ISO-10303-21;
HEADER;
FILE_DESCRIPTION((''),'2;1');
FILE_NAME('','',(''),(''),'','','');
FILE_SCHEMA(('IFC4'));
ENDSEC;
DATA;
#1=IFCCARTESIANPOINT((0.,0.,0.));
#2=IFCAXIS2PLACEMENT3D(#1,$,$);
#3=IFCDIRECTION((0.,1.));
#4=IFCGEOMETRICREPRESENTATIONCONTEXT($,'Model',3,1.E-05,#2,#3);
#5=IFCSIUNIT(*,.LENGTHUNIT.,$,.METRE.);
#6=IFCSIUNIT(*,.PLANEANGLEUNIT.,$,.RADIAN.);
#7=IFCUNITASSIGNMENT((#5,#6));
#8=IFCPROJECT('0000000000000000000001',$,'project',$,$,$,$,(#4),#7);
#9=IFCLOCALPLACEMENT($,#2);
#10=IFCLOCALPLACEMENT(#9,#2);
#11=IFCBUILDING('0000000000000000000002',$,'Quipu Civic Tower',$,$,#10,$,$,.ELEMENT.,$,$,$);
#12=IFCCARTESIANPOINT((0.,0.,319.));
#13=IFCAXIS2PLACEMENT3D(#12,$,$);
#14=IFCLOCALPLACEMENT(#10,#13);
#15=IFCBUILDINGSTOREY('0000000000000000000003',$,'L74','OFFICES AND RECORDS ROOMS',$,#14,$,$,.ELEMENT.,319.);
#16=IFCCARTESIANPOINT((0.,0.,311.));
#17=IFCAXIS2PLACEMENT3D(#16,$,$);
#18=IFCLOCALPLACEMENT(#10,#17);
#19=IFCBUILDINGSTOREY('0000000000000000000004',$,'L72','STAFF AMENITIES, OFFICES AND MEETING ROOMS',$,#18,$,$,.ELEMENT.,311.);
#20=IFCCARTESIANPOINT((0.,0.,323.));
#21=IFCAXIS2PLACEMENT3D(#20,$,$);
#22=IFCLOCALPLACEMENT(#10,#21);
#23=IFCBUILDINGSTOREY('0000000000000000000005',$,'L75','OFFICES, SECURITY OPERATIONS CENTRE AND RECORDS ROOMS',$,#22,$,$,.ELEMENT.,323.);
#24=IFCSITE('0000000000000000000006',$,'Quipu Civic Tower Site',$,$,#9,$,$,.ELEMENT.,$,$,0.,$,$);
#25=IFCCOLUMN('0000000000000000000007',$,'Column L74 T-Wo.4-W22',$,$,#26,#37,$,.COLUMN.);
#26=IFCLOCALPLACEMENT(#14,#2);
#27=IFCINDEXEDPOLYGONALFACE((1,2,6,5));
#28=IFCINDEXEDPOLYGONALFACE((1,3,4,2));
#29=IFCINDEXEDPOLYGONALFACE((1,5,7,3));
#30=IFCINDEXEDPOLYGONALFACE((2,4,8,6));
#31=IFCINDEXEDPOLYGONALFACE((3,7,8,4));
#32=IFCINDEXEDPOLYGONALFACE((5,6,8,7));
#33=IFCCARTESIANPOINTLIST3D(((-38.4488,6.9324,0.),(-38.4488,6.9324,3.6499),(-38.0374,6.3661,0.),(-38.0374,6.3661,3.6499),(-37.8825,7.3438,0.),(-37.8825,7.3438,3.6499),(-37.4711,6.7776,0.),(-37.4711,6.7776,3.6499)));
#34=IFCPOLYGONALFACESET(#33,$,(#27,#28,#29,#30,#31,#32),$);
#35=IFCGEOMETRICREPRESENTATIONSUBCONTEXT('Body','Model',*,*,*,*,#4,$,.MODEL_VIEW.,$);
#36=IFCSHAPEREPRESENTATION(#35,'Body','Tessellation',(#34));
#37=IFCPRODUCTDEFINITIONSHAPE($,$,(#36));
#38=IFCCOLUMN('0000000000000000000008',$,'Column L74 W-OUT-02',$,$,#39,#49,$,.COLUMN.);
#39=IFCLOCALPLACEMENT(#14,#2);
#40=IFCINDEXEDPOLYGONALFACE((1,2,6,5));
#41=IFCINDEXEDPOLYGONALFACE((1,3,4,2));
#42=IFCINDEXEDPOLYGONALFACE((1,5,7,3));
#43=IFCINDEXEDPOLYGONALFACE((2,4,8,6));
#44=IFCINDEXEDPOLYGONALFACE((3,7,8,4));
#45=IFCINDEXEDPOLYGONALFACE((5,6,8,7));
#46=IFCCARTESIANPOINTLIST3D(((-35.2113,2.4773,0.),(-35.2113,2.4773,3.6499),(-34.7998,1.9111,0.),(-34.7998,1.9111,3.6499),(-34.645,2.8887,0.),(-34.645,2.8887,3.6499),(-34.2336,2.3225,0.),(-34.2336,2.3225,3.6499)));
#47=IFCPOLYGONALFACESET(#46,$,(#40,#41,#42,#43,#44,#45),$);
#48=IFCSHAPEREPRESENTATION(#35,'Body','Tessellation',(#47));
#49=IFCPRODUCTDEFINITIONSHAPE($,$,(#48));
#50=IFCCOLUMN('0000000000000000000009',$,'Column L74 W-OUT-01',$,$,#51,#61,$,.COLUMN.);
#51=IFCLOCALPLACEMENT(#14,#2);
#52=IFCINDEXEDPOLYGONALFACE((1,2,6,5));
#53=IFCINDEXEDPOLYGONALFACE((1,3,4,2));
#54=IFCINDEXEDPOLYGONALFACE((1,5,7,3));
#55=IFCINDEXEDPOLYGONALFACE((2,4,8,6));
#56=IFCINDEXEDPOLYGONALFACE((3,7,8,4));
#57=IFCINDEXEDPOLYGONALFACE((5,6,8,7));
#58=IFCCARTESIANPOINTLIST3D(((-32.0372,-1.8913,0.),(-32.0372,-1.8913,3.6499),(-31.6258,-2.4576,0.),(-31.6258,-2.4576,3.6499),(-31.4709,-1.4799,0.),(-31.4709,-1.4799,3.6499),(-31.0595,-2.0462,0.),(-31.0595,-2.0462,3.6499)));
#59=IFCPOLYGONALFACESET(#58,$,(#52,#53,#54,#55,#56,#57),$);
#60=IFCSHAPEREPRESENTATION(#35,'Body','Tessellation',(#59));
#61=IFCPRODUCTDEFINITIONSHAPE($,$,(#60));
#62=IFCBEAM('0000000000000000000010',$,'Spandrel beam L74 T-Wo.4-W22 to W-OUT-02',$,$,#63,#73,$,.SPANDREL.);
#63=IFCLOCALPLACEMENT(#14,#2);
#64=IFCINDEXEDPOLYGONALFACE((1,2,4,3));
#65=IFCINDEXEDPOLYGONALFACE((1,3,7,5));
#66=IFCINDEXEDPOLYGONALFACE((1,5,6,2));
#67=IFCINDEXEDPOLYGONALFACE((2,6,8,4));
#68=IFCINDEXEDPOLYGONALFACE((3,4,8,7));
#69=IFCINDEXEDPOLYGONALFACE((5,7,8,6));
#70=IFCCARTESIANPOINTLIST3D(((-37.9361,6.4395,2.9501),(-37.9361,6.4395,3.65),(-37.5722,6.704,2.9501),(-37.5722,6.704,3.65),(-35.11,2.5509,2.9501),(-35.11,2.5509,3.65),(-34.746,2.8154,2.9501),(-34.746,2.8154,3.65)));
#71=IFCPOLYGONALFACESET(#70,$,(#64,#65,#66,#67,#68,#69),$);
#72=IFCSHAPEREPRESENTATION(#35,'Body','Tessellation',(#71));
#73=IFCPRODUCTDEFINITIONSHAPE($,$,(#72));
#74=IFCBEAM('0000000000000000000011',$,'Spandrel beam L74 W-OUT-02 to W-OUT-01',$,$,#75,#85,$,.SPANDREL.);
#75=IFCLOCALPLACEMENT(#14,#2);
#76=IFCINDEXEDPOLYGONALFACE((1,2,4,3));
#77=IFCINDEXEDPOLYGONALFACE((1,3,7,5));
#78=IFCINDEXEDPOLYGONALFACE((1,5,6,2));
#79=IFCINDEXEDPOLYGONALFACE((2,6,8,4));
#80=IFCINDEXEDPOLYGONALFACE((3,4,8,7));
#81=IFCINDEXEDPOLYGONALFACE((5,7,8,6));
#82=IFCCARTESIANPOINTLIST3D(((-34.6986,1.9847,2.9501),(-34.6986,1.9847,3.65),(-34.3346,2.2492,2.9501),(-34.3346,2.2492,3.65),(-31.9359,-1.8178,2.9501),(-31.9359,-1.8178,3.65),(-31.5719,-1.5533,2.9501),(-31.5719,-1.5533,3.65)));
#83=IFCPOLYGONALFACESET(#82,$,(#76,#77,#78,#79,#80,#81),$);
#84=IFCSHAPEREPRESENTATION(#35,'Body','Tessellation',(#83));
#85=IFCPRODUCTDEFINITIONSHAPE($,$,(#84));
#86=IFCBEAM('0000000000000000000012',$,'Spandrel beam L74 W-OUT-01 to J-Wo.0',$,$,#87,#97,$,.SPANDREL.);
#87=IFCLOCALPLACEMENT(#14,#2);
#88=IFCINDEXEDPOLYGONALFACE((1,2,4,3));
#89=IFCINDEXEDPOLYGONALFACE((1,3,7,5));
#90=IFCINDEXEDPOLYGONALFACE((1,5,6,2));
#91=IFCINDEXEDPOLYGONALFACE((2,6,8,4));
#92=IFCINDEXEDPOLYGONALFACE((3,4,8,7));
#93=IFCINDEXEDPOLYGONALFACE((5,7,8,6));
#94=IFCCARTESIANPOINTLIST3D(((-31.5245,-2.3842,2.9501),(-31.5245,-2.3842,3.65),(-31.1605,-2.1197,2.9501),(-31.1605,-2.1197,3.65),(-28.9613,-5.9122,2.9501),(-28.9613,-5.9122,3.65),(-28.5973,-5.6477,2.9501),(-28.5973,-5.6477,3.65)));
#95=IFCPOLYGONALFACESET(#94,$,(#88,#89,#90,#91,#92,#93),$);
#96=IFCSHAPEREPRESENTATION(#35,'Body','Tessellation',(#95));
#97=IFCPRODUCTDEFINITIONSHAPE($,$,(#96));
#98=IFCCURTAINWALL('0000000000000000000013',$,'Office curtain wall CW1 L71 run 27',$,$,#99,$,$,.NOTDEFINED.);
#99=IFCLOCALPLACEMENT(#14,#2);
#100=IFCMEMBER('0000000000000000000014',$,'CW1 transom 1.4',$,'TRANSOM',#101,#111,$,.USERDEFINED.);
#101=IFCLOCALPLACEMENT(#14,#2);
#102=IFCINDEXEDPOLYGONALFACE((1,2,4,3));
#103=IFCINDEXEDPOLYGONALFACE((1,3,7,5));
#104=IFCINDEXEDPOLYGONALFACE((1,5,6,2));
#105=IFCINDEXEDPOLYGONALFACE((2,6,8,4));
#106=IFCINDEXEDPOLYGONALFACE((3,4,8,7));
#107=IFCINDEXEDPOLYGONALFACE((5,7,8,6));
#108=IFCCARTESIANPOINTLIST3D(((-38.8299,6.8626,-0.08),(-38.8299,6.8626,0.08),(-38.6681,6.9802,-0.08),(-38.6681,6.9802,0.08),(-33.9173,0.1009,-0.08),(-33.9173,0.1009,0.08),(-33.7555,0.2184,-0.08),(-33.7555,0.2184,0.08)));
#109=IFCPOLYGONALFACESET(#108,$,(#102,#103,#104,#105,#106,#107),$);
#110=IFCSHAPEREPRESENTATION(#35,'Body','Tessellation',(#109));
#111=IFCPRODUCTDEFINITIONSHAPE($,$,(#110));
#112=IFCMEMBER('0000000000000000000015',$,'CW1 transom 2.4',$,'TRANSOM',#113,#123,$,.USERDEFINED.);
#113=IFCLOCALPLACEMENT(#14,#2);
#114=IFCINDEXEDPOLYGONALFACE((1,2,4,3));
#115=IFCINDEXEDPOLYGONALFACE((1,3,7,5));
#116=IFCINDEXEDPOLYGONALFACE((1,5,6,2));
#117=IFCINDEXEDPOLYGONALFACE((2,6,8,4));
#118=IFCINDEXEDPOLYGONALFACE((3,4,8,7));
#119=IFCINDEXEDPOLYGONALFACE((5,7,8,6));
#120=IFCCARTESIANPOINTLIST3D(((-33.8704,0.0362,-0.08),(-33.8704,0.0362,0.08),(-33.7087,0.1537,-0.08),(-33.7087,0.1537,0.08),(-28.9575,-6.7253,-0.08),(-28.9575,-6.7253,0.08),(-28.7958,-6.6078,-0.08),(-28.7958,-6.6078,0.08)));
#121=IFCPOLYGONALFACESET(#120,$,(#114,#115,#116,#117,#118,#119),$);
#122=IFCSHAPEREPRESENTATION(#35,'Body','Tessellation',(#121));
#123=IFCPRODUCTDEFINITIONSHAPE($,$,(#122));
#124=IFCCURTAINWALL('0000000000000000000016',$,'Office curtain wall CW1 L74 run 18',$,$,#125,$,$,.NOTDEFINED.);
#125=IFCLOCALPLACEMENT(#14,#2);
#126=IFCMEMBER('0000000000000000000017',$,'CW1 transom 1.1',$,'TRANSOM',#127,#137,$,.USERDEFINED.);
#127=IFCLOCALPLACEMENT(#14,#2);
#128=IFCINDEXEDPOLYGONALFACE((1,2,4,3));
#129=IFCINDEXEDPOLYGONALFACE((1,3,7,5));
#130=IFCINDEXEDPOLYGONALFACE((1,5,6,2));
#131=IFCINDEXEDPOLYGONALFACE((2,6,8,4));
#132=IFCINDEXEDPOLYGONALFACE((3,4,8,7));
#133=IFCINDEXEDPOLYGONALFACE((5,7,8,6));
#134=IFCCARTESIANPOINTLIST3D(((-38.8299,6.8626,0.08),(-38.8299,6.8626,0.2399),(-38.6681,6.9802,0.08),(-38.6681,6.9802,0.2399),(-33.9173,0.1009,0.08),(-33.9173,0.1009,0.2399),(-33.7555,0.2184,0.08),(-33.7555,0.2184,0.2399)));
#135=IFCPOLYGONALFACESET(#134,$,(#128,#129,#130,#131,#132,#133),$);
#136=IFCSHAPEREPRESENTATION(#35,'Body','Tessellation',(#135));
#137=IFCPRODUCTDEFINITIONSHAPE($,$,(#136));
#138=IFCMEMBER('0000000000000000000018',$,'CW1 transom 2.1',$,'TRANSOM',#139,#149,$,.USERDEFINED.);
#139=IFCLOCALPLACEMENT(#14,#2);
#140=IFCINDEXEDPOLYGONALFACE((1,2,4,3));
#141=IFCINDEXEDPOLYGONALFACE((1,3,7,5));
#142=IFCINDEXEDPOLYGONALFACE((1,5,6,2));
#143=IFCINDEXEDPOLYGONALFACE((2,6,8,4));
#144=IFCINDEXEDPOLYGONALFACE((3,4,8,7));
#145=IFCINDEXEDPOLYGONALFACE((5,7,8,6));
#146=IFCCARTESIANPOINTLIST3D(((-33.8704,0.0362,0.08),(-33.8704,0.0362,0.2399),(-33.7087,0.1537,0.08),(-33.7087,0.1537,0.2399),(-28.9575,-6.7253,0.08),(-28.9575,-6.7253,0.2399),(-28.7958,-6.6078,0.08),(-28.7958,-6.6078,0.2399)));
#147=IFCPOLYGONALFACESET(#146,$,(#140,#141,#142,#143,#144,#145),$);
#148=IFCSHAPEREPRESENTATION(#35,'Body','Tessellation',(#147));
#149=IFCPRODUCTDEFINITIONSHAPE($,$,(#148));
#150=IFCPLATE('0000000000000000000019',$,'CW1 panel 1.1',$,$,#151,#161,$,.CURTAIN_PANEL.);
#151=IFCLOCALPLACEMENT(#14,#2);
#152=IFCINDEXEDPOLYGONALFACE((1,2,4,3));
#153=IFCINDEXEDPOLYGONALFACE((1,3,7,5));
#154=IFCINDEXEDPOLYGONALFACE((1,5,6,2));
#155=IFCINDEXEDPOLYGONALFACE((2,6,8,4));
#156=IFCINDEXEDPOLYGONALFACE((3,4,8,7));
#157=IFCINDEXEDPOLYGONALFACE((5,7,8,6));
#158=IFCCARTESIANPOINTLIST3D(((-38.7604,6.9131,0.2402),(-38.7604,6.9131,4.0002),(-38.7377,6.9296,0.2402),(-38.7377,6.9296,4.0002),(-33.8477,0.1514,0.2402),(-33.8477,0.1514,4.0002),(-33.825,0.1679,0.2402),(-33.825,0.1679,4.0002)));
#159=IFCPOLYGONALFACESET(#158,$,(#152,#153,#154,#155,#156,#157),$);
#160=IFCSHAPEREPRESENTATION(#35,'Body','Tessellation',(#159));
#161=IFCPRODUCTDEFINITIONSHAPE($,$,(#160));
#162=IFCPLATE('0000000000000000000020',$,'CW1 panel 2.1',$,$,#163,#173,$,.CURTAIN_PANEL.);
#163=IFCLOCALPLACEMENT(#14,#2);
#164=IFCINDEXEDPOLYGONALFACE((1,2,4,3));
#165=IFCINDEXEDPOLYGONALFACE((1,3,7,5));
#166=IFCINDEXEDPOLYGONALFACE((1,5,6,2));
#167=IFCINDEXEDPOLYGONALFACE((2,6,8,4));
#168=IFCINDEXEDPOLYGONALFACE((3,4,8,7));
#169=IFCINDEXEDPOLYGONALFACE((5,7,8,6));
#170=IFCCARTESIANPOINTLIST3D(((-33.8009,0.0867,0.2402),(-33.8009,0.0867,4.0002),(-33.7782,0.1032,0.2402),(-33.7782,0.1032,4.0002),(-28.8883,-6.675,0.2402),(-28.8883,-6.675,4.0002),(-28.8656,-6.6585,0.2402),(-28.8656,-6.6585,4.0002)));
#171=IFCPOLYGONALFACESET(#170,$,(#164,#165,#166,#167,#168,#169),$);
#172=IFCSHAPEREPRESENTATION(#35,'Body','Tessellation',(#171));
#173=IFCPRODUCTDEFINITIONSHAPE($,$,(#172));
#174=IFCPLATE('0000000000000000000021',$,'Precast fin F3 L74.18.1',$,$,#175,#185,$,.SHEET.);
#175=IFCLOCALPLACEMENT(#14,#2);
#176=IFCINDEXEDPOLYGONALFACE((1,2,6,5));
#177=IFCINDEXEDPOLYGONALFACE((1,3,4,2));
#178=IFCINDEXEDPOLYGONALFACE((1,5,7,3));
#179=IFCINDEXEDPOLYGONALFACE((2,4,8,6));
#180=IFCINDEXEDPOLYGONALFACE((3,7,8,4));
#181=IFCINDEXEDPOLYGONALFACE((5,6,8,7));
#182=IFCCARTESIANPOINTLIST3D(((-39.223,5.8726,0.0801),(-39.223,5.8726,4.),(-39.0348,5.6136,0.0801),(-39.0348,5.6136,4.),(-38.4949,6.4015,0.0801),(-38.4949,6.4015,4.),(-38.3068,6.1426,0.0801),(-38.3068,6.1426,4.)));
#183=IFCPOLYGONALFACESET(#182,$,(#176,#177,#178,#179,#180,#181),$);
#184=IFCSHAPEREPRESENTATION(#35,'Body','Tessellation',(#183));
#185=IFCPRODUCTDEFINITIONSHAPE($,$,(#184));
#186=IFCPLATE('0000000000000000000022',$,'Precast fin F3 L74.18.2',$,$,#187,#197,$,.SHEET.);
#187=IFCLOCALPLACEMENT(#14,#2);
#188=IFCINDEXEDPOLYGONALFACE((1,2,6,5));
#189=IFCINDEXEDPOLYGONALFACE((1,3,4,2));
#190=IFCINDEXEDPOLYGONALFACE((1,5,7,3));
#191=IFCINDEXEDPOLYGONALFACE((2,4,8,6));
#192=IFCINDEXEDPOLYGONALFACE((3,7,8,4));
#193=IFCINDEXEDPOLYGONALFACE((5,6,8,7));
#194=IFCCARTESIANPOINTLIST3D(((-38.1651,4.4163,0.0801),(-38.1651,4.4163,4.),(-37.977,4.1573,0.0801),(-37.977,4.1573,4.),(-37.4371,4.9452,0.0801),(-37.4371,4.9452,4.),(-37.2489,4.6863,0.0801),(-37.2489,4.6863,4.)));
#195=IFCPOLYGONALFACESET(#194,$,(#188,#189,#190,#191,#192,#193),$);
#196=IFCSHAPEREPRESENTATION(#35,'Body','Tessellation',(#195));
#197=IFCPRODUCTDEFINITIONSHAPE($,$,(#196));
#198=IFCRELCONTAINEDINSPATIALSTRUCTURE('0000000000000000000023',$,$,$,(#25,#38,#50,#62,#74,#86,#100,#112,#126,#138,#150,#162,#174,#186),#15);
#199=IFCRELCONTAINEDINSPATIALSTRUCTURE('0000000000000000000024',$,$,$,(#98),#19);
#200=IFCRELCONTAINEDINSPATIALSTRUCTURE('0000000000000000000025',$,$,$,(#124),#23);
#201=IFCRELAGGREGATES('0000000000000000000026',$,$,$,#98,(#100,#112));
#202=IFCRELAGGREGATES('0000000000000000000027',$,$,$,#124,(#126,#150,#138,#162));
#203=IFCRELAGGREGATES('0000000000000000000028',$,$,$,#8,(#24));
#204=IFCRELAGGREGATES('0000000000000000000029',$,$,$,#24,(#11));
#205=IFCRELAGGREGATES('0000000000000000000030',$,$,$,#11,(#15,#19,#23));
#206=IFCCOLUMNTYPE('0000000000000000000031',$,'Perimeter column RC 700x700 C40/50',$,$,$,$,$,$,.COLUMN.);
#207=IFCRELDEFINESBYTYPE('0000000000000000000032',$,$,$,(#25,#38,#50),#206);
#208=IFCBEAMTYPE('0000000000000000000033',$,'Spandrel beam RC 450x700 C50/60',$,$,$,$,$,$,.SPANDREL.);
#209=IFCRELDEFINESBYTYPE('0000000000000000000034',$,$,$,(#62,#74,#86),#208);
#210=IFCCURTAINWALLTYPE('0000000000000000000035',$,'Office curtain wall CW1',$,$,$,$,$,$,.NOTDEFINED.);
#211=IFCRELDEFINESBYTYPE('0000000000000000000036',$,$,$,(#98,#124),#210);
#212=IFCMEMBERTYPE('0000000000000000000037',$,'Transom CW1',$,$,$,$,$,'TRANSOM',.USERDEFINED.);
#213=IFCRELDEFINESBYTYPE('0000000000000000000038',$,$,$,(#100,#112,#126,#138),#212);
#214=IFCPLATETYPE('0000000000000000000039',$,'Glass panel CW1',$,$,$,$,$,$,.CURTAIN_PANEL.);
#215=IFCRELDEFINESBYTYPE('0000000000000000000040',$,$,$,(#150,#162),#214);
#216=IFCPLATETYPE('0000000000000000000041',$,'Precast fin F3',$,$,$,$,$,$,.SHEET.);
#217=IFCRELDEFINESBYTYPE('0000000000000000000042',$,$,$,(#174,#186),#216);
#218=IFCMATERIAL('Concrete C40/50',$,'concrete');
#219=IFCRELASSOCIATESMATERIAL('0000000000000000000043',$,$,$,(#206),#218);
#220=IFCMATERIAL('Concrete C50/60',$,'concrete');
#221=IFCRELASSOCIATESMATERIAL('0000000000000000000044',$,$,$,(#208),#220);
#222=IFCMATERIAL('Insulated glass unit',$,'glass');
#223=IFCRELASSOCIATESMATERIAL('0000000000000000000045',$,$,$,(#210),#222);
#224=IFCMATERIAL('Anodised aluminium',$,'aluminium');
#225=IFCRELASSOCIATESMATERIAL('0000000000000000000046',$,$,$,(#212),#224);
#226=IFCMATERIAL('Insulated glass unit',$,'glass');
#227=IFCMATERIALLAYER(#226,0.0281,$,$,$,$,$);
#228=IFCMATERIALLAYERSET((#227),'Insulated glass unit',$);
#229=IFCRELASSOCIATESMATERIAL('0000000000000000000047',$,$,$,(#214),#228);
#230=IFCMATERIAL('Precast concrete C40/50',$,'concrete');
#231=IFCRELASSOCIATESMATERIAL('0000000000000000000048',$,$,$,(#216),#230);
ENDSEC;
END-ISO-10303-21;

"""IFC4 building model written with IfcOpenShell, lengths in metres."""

from ifc_helpers import new_model, si_unit, direction, frame, origin, origin_2d, place, context, subcontext, project, spatial, rectangle, extrude, material, layer, layer_set, material_profile, profile_set, type_object, element, aggregate, save


model = new_model("IFC4")

# Units and contexts
model_context = context("Model", 3, precision=1e-05, world=origin(), true_north=direction((0.0, 1.0)))
body_context = subcontext(model_context, "Body", "Model", "MODEL_VIEW")
ifc_project = project(units=[si_unit("LENGTHUNIT", "METRE"), si_unit("PLANEANGLEUNIT", "RADIAN")], contexts=[model_context])

# Site, building, storey
site_placement = place(None, origin())
site = spatial("IfcSite", under=ifc_project, at=site_placement, Name="Quipu Civic Tower Site", CompositionType="ELEMENT", RefElevation=0.0)
building_placement = place(site_placement, origin())
building = spatial("IfcBuilding", under=site, at=building_placement, Name="Quipu Civic Tower", CompositionType="ELEMENT")
storey_1_placement = place(building_placement, frame((0.0, 0.0, 319.0)))
storey_1 = spatial("IfcBuildingStorey", under=building, at=storey_1_placement, Name="L74", Description="OFFICES AND RECORDS ROOMS", CompositionType="ELEMENT", Elevation=319.0)

# Columns
ifc_material_1 = material(Name="Concrete C40/50", Category="concrete")
ifc_material_profile_1 = material_profile(ifc_material_1, rectangle(XDim=0.7, YDim=0.7, at=origin_2d()), Name="RC700x700")
ifc_profile_set_1 = profile_set([ifc_material_profile_1], Name="Concrete C40/50")
column_type = type_object("IfcColumnType", Name="Perimeter column RC 700x700 C40/50", PredefinedType="COLUMN", material=ifc_profile_set_1)
for number, where, z_axis, x_axis, name in (
    (1, (-37.96, 6.855, 0.0), (0.0, 0.0, 1.0), (0.587785, -0.809017, 0.0), "Column L74 T-Wo.4-W22"),
    (2, (-34.7224, 2.3999, 0.0), (0.0, 0.0, 1.0), (0.587785, -0.809017, 0.0), "Column L74 W-OUT-02"),
    (3, (-31.5483, -1.9688, 0.0), (0.0, 0.0, 1.0), (0.587785, -0.809017, 0.0), "Column L74 W-OUT-01"),
):
    element("IfcColumn", number, at=place(storey_1_placement, frame(where, z_axis=z_axis, x_axis=x_axis)), inside=storey_1, type_object=column_type, Name=name, PredefinedType="COLUMN", context=body_context, shape_type="SweptSolid", body=[
        extrude(rectangle(XDim=0.7, YDim=0.7, at=origin_2d()), origin(), (0.0, 0.0, 1.0), 3.6499),
    ])

# Beams
ifc_material_2 = material(Name="Concrete C50/60", Category="concrete")
ifc_material_profile_2 = material_profile(ifc_material_2, rectangle(XDim=0.45, YDim=0.7, at=origin_2d()), Name="RC450x700")
ifc_profile_set_2 = profile_set([ifc_material_profile_2], Name="Concrete C50/60")
beam_type = type_object("IfcBeamType", Name="Spandrel beam RC 450x700 C50/60", PredefinedType="SPANDREL", material=ifc_profile_set_2)
beam_1_placement = place(storey_1_placement, frame((-37.7542, 6.5718, 3.3), z_axis=(0.587906, -0.808929, 0.0), x_axis=(0.808929, 0.587906, 0.0)))
element("IfcBeam", 4, at=beam_1_placement, inside=storey_1, type_object=beam_type, Name="Spandrel beam L74 T-Wo.4-W22 to W-OUT-02", PredefinedType="SPANDREL", context=body_context, shape_type="SweptSolid", body=[
    extrude(rectangle(XDim=0.45, YDim=0.7, at=origin_2d()), origin(), (0.0, 0.0, 1.0), 4.8071),
])
beam_2_placement = place(storey_1_placement, frame((-34.5166, 2.1169, 3.3), z_axis=(0.587789, -0.809015, 0.0), x_axis=(0.809015, 0.587789, 0.0)))
element("IfcBeam", 5, at=beam_2_placement, inside=storey_1, type_object=beam_type, Name="Spandrel beam L74 W-OUT-02 to W-OUT-01", PredefinedType="SPANDREL", context=body_context, shape_type="SweptSolid", body=[
    extrude(rectangle(XDim=0.45, YDim=0.7, at=origin_2d()), origin(), (0.0, 0.0, 1.0), 4.7002),
])
beam_3_placement = place(storey_1_placement, frame((-31.3425, -2.252, 3.3), z_axis=(0.587776, -0.809024, 0.0), x_axis=(0.809024, 0.587776, 0.0)))
element("IfcBeam", 6, at=beam_3_placement, inside=storey_1, type_object=beam_type, Name="Spandrel beam L74 W-OUT-01 to J-Wo.0", PredefinedType="SPANDREL", context=body_context, shape_type="SweptSolid", body=[
    extrude(rectangle(XDim=0.45, YDim=0.7, at=origin_2d()), origin(), (0.0, 0.0, 1.0), 4.3608),
])

# Shared definitions
storey_2_placement = place(building_placement, frame((0.0, 0.0, 311.0)))
storey_2 = spatial("IfcBuildingStorey", under=building, at=storey_2_placement, Name="L72", Description="STAFF AMENITIES, OFFICES AND MEETING ROOMS", CompositionType="ELEMENT", Elevation=311.0)

# Curtain wall, members
ifc_material_3 = material(Name="Insulated glass unit", Category="glass")
curtain_wall_type = type_object("IfcCurtainWallType", Name="Office curtain wall CW1", PredefinedType="NOTDEFINED", material=ifc_material_3)
curtain_wall_1_placement = place(storey_2_placement, origin())
curtain_wall_1 = element("IfcCurtainWall", 7, at=curtain_wall_1_placement, inside=storey_2, type_object=curtain_wall_type, Name="Office curtain wall CW1 L71 run 27", PredefinedType="NOTDEFINED")
ifc_material_4 = material(Name="Anodised aluminium", Category="aluminium")
ifc_material_profile_3 = material_profile(ifc_material_4, rectangle(XDim=0.2, YDim=0.1599, at=origin_2d()), Name="RECT 200x160")
ifc_profile_set_3 = profile_set([ifc_material_profile_3], Name="Anodised aluminium")
member_type = type_object("IfcMemberType", Name="Transom CW1", ElementType="TRANSOM", PredefinedType="USERDEFINED", material=ifc_profile_set_3)
member_1_placement = place(storey_1_placement, frame((-38.749, 6.9214, 0.0), z_axis=(0.587779, -0.809021, 0.0), x_axis=(0.809021, 0.587779, 0.0)))
member_1 = element("IfcMember", 8, at=member_1_placement, inside=storey_1, type_object=member_type, Name="CW1 transom 1.4", ObjectType="TRANSOM", PredefinedType="USERDEFINED", context=body_context, shape_type="SweptSolid", body=[
    extrude(rectangle(XDim=0.2, YDim=0.1599, at=origin_2d()), origin(), (0.0, 0.0, 1.0), 8.3579),
])
member_2_placement = place(storey_1_placement, frame((-33.7896, 0.095, 0.0), z_axis=(0.587812, -0.808997, 0.0), x_axis=(0.808997, 0.587812, 0.0)))
member_2 = element("IfcMember", 9, at=member_2_placement, inside=storey_1, type_object=member_type, Name="CW1 transom 2.4", ObjectType="TRANSOM", PredefinedType="USERDEFINED", context=body_context, shape_type="SweptSolid", body=[
    extrude(rectangle(XDim=0.2, YDim=0.1599, at=origin_2d()), origin(), (0.0, 0.0, 1.0), 8.3579),
])
aggregate(curtain_wall_1, [member_1, member_2])

# Shared definitions
storey_3_placement = place(building_placement, frame((0.0, 0.0, 323.0)))
storey_3 = spatial("IfcBuildingStorey", under=building, at=storey_3_placement, Name="L75", Description="OFFICES, SECURITY OPERATIONS CENTRE AND RECORDS ROOMS", CompositionType="ELEMENT", Elevation=323.0)

# Curtain wall, members, plates
curtain_wall_2_placement = place(storey_3_placement, origin())
curtain_wall_2 = element("IfcCurtainWall", 10, at=curtain_wall_2_placement, inside=storey_3, type_object=curtain_wall_type, Name="Office curtain wall CW1 L74 run 18", PredefinedType="NOTDEFINED")
member_3_placement = place(storey_1_placement, frame((-38.749, 6.9214, 0.1599), z_axis=(0.587779, -0.809021, 0.0), x_axis=(0.809021, 0.587779, 0.0)))
member_3 = element("IfcMember", 11, at=member_3_placement, inside=storey_1, type_object=member_type, Name="CW1 transom 1.1", ObjectType="TRANSOM", PredefinedType="USERDEFINED", context=body_context, shape_type="SweptSolid", body=[
    extrude(rectangle(XDim=0.2, YDim=0.1599, at=origin_2d()), origin(), (0.0, 0.0, 1.0), 8.3579),
])
member_4_placement = place(storey_1_placement, frame((-33.7896, 0.095, 0.1599), z_axis=(0.587812, -0.808997, 0.0), x_axis=(0.808997, 0.587812, 0.0)))
member_4 = element("IfcMember", 12, at=member_4_placement, inside=storey_1, type_object=member_type, Name="CW1 transom 2.1", ObjectType="TRANSOM", PredefinedType="USERDEFINED", context=body_context, shape_type="SweptSolid", body=[
    extrude(rectangle(XDim=0.2, YDim=0.1599, at=origin_2d()), origin(), (0.0, 0.0, 1.0), 8.3579),
])
ifc_material_5 = material(Name="Insulated glass unit", Category="glass")
ifc_layer_1 = layer(ifc_material_5, 0.0281)
ifc_layer_set_1 = layer_set([ifc_layer_1], Name="Insulated glass unit")
plate_type_1 = type_object("IfcPlateType", Name="Glass panel CW1", PredefinedType="CURTAIN_PANEL", material=ifc_layer_set_1)
plate_1_placement = place(storey_1_placement, frame((-36.2927, 3.5405, 0.2402), z_axis=(0.0, 0.0, 1.0), x_axis=(0.587786, -0.809016, 0.0)))
plate_1 = element("IfcPlate", 13, at=plate_1_placement, inside=storey_1, type_object=plate_type_1, Name="CW1 panel 1.1", PredefinedType="CURTAIN_PANEL", context=body_context, shape_type="SweptSolid", body=[
    extrude(rectangle(XDim=8.3579, YDim=0.0281, at=origin_2d()), origin(), (0.0, 0.0, 1.0), 3.76),
])
plate_2_placement = place(storey_1_placement, frame((-31.3333, -3.2859, 0.2402), z_axis=(0.0, 0.0, 1.0), x_axis=(0.587786, -0.809016, 0.0)))
plate_2 = element("IfcPlate", 14, at=plate_2_placement, inside=storey_1, type_object=plate_type_1, Name="CW1 panel 2.1", PredefinedType="CURTAIN_PANEL", context=body_context, shape_type="SweptSolid", body=[
    extrude(rectangle(XDim=8.3579, YDim=0.0281, at=origin_2d()), origin(), (0.0, 0.0, 1.0), 3.76),
])
aggregate(curtain_wall_2, [member_3, plate_1, member_4, plate_2])

# Plates
ifc_material_6 = material(Name="Precast concrete C40/50", Category="concrete")
plate_type_2 = type_object("IfcPlateType", Name="Precast fin F3", PredefinedType="SHEET", material=ifc_material_6)
for number, where, z_axis, x_axis, name in (
    (15, (-38.7649, 6.0076, 0.0801), (0.0, 0.0, 1.0), (0.587787, -0.809016, 0.0), "Precast fin F3 L74.18.1"),
    (16, (-37.707, 4.5513, 0.0801), (0.0, 0.0, 1.0), (0.587787, -0.809016, 0.0), "Precast fin F3 L74.18.2"),
):
    element("IfcPlate", number, at=place(storey_1_placement, frame(where, z_axis=z_axis, x_axis=x_axis)), inside=storey_1, type_object=plate_type_2, Name=name, PredefinedType="SHEET", context=body_context, shape_type="SweptSolid", body=[
        extrude(rectangle(XDim=0.3201, YDim=0.8999, at=origin_2d()), origin(), (0.0, 0.0, 1.0), 3.9199),
    ])

save(model, "model.ifc")
